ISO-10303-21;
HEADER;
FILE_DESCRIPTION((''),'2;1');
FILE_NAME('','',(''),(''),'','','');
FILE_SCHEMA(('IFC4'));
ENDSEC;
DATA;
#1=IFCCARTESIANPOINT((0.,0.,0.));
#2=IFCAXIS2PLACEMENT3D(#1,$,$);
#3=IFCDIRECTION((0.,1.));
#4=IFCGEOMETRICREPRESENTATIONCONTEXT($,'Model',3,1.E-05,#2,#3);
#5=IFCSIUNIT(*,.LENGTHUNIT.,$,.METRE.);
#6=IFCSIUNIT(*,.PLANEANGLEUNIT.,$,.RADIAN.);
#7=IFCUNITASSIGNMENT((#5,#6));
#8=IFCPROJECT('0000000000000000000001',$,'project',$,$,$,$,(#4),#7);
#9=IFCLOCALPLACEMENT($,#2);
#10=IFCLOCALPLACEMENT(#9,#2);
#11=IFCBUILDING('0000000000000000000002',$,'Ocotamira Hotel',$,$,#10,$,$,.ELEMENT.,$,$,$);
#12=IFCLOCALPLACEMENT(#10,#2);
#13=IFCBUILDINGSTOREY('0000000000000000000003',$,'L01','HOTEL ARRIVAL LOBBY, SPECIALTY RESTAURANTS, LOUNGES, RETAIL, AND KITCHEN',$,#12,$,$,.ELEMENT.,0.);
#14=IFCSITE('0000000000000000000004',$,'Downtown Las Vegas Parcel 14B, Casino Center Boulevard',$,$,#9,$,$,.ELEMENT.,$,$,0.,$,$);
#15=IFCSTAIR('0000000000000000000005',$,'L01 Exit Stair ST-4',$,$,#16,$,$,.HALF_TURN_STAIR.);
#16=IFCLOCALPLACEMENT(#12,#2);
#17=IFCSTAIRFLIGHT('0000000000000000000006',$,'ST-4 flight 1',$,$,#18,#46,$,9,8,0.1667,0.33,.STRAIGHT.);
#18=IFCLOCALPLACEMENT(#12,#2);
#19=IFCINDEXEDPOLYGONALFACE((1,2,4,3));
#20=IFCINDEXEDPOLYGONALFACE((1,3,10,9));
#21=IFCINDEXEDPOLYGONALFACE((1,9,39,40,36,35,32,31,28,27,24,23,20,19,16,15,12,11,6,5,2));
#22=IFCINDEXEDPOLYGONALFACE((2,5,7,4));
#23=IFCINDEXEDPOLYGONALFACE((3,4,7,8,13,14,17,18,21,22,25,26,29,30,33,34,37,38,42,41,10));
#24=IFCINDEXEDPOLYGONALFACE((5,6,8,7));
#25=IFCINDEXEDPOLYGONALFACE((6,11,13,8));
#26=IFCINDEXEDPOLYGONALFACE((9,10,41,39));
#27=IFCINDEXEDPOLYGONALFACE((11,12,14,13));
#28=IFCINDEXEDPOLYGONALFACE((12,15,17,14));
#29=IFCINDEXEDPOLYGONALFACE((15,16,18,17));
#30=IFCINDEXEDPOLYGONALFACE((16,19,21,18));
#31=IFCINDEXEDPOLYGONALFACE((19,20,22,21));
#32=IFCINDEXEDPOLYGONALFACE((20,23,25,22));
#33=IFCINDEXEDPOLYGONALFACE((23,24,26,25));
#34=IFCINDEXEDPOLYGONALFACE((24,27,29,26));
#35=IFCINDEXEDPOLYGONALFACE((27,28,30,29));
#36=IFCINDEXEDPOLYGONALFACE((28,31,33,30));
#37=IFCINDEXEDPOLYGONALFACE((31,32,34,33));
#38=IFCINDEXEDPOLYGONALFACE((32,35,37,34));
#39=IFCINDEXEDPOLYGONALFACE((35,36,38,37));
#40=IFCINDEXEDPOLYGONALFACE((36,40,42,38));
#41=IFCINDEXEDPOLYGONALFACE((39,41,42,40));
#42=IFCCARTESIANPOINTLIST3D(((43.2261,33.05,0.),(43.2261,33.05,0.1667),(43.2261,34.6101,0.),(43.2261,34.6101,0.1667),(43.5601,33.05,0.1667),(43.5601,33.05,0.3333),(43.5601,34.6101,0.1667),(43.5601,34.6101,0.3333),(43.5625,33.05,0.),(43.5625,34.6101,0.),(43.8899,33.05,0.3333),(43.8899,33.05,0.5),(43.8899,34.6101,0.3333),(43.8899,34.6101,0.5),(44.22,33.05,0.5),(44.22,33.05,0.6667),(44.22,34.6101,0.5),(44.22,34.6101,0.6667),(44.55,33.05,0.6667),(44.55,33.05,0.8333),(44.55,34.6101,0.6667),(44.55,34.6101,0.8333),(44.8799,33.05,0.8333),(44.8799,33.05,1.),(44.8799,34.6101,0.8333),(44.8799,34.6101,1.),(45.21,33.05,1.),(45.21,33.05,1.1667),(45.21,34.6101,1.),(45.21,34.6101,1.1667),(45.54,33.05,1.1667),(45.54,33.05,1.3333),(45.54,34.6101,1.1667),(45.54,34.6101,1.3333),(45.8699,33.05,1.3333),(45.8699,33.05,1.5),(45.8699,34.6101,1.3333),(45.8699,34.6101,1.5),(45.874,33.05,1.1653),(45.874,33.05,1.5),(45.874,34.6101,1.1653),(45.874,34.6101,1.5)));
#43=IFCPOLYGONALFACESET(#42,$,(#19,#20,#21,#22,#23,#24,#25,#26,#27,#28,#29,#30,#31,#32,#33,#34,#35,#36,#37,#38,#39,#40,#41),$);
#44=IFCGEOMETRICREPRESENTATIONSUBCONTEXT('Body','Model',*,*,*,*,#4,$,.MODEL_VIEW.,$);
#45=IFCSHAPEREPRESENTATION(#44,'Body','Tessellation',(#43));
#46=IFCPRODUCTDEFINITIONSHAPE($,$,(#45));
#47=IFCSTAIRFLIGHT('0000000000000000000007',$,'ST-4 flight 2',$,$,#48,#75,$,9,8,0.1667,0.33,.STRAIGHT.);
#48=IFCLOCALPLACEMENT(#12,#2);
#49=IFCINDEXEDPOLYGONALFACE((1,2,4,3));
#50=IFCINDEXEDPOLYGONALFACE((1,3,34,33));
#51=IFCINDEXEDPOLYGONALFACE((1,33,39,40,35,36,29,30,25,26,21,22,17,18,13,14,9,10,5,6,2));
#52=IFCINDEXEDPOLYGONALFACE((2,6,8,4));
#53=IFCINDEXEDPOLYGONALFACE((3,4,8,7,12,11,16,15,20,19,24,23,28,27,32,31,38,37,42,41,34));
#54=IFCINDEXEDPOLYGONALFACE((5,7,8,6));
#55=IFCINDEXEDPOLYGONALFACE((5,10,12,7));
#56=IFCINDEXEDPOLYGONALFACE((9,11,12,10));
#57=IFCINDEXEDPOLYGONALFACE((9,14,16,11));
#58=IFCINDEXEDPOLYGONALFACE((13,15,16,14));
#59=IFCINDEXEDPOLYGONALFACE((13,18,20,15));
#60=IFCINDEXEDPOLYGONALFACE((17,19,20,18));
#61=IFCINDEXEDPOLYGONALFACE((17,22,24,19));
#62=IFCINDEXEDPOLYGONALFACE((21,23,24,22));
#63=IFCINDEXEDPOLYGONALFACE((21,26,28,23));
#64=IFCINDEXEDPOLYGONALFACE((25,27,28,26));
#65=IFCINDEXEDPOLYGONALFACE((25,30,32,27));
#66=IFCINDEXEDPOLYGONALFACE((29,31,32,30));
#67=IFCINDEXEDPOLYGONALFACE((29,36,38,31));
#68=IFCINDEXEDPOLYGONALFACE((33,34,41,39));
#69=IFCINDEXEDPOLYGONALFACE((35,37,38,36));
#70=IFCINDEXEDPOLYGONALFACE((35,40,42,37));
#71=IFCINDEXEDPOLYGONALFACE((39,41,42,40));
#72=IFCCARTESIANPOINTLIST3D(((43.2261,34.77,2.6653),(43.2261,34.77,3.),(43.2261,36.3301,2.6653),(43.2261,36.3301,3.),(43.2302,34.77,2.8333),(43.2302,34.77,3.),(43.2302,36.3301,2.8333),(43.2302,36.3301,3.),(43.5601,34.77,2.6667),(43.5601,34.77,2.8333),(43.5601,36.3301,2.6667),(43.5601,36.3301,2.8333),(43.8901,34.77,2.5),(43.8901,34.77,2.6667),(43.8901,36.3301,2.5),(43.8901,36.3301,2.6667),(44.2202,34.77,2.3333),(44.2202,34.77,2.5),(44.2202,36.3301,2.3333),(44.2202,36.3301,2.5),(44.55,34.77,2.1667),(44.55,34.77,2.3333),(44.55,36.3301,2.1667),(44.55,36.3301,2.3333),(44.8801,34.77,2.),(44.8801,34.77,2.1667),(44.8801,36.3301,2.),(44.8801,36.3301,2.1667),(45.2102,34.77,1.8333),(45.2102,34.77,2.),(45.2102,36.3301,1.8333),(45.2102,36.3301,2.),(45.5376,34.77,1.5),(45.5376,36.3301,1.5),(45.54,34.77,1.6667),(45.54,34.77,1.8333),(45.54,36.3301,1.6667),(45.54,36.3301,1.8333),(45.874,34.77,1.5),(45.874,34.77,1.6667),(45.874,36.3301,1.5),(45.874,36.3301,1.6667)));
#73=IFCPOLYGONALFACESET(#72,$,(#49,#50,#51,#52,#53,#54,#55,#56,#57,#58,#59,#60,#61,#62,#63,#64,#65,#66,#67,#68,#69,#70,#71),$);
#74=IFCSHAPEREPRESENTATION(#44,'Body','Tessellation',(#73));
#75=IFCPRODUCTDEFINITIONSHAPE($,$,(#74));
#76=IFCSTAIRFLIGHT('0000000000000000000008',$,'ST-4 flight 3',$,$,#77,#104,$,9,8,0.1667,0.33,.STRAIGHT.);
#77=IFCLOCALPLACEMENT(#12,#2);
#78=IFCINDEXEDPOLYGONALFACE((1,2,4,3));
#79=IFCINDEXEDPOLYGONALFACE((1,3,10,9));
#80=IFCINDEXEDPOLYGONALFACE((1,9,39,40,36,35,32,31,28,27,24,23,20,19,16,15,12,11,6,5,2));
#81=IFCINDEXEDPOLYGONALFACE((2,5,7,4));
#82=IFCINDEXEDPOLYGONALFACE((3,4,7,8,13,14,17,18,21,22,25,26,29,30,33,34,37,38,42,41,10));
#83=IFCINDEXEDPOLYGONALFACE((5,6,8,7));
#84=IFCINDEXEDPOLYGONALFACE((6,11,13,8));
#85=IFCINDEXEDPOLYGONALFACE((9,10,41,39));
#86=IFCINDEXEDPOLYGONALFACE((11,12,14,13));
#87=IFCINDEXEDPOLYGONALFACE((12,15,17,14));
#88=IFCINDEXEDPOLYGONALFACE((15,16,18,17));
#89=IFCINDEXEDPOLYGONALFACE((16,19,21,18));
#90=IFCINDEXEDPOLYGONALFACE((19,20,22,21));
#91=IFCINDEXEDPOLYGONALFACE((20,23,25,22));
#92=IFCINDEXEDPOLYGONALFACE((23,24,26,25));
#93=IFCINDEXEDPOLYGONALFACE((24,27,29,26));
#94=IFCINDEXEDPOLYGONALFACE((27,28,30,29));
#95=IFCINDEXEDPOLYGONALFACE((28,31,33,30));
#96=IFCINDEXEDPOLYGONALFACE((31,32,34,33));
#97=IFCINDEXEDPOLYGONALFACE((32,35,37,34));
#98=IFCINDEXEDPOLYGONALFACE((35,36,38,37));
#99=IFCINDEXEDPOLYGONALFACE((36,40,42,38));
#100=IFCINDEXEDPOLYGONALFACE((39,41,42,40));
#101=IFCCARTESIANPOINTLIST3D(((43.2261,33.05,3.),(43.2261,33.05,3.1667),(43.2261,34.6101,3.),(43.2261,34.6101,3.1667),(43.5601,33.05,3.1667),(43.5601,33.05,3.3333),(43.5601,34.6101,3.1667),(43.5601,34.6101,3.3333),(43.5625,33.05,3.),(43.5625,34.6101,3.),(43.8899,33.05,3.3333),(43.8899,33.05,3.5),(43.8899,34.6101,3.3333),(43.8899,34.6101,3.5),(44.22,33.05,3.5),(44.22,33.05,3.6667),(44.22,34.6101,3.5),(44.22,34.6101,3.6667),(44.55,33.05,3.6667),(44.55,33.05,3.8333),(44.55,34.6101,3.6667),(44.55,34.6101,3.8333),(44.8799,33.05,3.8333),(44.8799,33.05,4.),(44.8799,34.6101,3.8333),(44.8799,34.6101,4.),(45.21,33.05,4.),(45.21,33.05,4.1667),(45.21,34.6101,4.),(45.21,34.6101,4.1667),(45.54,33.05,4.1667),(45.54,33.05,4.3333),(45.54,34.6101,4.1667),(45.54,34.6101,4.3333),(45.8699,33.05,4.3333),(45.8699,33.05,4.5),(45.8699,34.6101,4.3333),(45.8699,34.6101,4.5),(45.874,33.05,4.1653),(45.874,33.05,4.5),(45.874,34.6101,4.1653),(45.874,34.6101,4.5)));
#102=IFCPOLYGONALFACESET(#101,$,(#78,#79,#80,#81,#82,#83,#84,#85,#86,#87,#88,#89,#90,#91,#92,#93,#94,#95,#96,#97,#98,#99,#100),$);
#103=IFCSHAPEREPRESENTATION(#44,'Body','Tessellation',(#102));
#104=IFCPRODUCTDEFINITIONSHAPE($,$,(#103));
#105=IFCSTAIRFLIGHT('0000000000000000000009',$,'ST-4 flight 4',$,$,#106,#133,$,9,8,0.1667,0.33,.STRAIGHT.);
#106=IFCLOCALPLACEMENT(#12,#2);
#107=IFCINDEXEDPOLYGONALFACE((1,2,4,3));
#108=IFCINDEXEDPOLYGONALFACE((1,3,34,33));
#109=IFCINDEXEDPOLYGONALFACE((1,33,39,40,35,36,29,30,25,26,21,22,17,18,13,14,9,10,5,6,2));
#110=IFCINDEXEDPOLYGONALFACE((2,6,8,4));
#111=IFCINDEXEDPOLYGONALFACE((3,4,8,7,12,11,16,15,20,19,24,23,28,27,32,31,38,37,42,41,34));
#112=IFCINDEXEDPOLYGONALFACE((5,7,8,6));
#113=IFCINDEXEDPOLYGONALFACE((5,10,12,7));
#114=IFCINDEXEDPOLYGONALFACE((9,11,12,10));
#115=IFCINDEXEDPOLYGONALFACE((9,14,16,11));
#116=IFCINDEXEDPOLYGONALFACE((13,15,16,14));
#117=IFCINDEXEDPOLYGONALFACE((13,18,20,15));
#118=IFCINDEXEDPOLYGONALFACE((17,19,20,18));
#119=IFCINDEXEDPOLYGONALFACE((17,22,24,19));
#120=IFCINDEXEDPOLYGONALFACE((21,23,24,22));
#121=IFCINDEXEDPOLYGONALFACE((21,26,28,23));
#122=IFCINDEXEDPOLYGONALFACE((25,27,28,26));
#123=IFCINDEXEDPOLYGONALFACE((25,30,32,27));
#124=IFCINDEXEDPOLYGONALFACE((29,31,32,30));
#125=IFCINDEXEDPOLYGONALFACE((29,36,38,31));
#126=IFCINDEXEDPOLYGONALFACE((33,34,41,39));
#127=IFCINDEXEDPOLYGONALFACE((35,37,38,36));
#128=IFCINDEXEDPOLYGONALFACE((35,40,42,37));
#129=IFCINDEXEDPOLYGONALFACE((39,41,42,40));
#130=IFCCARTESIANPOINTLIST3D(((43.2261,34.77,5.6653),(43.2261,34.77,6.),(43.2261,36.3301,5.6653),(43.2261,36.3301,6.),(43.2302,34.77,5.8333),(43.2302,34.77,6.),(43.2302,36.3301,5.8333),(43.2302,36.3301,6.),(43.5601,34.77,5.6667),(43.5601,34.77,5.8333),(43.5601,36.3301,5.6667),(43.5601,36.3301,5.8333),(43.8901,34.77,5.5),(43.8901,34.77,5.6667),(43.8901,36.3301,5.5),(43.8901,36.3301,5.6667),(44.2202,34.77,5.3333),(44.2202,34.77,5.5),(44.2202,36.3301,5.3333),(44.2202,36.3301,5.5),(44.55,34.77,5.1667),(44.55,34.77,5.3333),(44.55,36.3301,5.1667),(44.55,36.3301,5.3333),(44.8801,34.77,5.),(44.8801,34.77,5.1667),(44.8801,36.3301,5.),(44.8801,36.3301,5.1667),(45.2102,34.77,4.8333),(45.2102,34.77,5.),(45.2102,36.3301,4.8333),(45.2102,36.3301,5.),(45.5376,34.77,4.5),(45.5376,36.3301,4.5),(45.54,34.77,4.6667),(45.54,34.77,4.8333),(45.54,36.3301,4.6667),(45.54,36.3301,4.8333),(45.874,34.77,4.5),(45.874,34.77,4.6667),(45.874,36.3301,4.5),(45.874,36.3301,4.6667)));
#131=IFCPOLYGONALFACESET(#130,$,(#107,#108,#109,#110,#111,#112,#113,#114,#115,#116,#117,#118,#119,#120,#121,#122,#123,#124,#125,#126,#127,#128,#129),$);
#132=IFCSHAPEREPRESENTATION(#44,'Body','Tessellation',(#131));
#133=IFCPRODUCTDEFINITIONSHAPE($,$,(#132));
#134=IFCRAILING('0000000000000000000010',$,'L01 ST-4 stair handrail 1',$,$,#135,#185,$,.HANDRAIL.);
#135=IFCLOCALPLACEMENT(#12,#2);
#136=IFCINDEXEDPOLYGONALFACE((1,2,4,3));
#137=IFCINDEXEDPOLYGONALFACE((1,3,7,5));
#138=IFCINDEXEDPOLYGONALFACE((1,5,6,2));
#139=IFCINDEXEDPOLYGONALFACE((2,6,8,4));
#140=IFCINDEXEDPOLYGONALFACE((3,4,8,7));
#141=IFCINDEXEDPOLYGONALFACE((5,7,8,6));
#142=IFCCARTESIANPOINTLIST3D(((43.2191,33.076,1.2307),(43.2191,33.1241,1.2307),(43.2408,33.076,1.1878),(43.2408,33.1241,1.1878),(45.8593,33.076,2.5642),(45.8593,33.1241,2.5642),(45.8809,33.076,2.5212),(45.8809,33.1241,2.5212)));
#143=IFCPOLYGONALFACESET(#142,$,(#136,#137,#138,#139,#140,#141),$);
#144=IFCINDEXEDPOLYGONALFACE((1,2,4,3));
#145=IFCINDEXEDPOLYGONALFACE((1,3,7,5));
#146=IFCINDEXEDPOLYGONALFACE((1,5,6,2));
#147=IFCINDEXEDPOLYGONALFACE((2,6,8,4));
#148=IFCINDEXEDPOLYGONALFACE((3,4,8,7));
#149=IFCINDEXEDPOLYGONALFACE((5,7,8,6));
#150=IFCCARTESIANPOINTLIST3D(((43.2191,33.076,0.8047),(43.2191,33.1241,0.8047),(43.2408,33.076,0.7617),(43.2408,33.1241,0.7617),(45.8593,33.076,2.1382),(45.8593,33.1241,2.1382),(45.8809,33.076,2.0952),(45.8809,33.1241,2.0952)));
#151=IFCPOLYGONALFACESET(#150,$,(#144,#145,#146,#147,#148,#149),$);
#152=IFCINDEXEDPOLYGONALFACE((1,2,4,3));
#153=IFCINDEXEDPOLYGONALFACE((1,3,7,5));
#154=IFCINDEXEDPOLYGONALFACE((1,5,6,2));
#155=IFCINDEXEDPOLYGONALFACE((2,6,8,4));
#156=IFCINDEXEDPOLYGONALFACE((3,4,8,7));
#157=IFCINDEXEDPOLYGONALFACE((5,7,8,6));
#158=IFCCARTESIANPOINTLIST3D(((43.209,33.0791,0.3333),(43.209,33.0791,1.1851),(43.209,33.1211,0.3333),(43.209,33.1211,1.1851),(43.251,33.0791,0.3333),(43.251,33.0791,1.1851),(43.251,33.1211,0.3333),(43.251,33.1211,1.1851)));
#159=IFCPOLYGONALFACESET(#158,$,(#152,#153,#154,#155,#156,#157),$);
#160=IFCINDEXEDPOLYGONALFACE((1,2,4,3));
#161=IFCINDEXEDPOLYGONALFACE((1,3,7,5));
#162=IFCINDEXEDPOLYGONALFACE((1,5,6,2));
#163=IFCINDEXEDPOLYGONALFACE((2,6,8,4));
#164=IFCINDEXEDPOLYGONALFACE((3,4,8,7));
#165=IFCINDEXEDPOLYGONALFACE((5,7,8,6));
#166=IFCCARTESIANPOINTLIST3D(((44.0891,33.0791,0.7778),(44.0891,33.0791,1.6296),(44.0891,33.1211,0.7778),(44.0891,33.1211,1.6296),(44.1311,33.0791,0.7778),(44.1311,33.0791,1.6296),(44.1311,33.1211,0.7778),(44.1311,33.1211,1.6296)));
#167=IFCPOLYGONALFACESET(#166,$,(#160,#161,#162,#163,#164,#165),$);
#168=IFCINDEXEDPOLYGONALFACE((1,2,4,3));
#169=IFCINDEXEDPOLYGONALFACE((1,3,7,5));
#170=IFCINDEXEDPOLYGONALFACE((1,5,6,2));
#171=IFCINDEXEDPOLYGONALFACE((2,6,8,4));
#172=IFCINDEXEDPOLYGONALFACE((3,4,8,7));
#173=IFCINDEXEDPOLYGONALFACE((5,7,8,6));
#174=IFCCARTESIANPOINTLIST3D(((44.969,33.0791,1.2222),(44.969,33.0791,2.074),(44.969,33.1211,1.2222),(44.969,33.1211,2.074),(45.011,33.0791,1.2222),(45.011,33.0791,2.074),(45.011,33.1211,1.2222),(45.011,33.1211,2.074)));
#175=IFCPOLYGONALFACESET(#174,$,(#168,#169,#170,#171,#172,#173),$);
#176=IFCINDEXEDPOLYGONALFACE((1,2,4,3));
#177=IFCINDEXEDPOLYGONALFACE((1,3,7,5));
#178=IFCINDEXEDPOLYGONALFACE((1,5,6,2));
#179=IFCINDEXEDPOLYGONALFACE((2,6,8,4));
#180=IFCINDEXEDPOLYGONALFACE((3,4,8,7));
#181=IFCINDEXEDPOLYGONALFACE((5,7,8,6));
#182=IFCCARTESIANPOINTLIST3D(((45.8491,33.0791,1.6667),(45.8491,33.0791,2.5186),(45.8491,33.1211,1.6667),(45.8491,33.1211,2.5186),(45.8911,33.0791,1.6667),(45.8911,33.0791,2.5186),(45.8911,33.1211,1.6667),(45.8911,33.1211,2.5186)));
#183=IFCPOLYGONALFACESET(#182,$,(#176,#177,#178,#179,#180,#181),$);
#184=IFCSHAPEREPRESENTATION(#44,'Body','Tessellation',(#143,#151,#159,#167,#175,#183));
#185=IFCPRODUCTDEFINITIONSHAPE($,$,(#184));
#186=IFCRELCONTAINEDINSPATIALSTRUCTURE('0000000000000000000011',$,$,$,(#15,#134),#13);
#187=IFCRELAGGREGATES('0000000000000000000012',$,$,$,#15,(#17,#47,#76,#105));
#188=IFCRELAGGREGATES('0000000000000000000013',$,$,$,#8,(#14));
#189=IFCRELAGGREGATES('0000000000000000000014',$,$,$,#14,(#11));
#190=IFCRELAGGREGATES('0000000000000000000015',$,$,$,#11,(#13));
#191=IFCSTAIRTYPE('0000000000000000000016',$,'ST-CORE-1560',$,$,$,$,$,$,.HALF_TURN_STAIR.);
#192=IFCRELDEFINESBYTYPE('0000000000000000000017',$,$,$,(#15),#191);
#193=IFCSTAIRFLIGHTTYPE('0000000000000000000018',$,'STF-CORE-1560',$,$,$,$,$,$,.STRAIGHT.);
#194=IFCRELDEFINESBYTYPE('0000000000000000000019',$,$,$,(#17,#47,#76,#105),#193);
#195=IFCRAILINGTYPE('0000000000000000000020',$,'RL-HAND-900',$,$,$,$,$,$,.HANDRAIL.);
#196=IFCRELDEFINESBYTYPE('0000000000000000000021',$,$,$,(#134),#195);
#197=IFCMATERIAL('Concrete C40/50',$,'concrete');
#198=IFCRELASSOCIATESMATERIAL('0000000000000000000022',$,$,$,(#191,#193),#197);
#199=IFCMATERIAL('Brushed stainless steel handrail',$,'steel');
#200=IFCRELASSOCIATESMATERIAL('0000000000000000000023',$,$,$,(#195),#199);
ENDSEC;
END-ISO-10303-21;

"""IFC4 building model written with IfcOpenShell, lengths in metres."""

from ifc_helpers import new_model, si_unit, direction, frame, origin, origin_2d, place, context, subcontext, project, spatial, polyline, rectangle, outline, extrude, source, transform, mapped, material, type_object, element, aggregate, save


model = new_model("IFC4")

# Units and contexts
model_context = context("Model", 3, precision=1e-05, world=origin(), true_north=direction((0.0, 1.0)))
body_context = subcontext(model_context, "Body", "Model", "MODEL_VIEW")
ifc_project = project(units=[si_unit("LENGTHUNIT", "METRE"), si_unit("PLANEANGLEUNIT", "RADIAN")], contexts=[model_context])

# Site, building, storey
site_placement = place(None, origin())
site = spatial("IfcSite", under=ifc_project, at=site_placement, Name="Downtown Las Vegas Parcel 14B, Casino Center Boulevard", CompositionType="ELEMENT", RefElevation=0.0)
building_placement = place(site_placement, origin())
building = spatial("IfcBuilding", under=site, at=building_placement, Name="Ocotamira Hotel", CompositionType="ELEMENT")
storey_placement = place(building_placement, origin())
storey = spatial("IfcBuildingStorey", under=building, at=storey_placement, Name="L01", Description="HOTEL ARRIVAL LOBBY, SPECIALTY RESTAURANTS, LOUNGES, RETAIL, AND KITCHEN", CompositionType="ELEMENT", Elevation=0.0)

# Stair, stair flights
ifc_material_1 = material(Name="Concrete C40/50", Category="concrete")
stair_type = type_object("IfcStairType", Name="ST-CORE-1560", PredefinedType="HALF_TURN_STAIR", material=ifc_material_1)
stair_placement = place(storey_placement, origin())
stair = element("IfcStair", 1, at=stair_placement, inside=storey, type_object=stair_type, Name="L01 Exit Stair ST-4", PredefinedType="HALF_TURN_STAIR")
stair_flight_type = type_object("IfcStairFlightType", Name="STF-CORE-1560", PredefinedType="STRAIGHT", material=ifc_material_1)
shared_shape_1 = source(origin(), body_context, "Body", "SweptSolid", [
    extrude(outline(polyline([(-0.0039, 0.0), (-0.0039, 0.1667), (0.3301, 0.1667), (0.3301, 0.3333), (0.6599, 0.3333), (0.6599, 0.5), (0.99, 0.5), (0.99, 0.6667), (1.3201, 0.6667), (1.3201, 0.8333), (1.6499, 0.8333), (1.6499, 1.0), (1.98, 1.0), (1.98, 1.1667), (2.3101, 1.1667), (2.3101, 1.3333), (2.6399, 1.3333), (2.6399, 1.5), (2.644, 1.5), (2.644, 1.1653), (0.3325, 0.0), (-0.0039, 0.0)])), frame((0.0, 0.78, 0.0), z_axis=(0.0, -1.0, 0.0), x_axis=(1.0, 0.0, 0.0)), (0.0, 0.0, 1.0), 1.5601),
])
stair_flight_1_placement = place(storey_placement, frame((43.23, 33.8301, 0.0), z_axis=(0.0, 0.0, 1.0), x_axis=(1.0, 0.0, 0.0)))
stair_flight_1 = element("IfcStairFlight", 2, at=stair_flight_1_placement, type_object=stair_flight_type, Name="ST-4 flight 1", NumberOfRisers=9, NumberOfTreads=8, PredefinedType="STRAIGHT", RiserHeight=0.1667, TreadLength=0.33, context=body_context, shape_type="MappedRepresentation", body=[
    mapped(shared_shape_1, transform((0.0, 0.0, 0.0), scale=1.0)),
])
stair_flight_2_placement = place(storey_placement, frame((45.8701, 35.55, 1.5), z_axis=(0.0, 0.0, 1.0), x_axis=(-1.0, 0.0, 0.0)))
stair_flight_2 = element("IfcStairFlight", 3, at=stair_flight_2_placement, type_object=stair_flight_type, Name="ST-4 flight 2", NumberOfRisers=9, NumberOfTreads=8, PredefinedType="STRAIGHT", RiserHeight=0.1667, TreadLength=0.33, context=body_context, shape_type="MappedRepresentation", body=[
    mapped(shared_shape_1, transform((0.0, 0.0, 0.0), scale=1.0)),
])
stair_flight_3_placement = place(storey_placement, frame((43.23, 33.8301, 3.0), z_axis=(0.0, 0.0, 1.0), x_axis=(1.0, 0.0, 0.0)))
stair_flight_3 = element("IfcStairFlight", 4, at=stair_flight_3_placement, type_object=stair_flight_type, Name="ST-4 flight 3", NumberOfRisers=9, NumberOfTreads=8, PredefinedType="STRAIGHT", RiserHeight=0.1667, TreadLength=0.33, context=body_context, shape_type="MappedRepresentation", body=[
    mapped(shared_shape_1, transform((0.0, 0.0, 0.0), scale=1.0)),
])
stair_flight_4_placement = place(storey_placement, frame((45.8701, 35.55, 4.5), z_axis=(0.0, 0.0, 1.0), x_axis=(-1.0, 0.0, 0.0)))
stair_flight_4 = element("IfcStairFlight", 5, at=stair_flight_4_placement, type_object=stair_flight_type, Name="ST-4 flight 4", NumberOfRisers=9, NumberOfTreads=8, PredefinedType="STRAIGHT", RiserHeight=0.1667, TreadLength=0.33, context=body_context, shape_type="MappedRepresentation", body=[
    mapped(shared_shape_1, transform((0.0, 0.0, 0.0), scale=1.0)),
])
aggregate(stair, [stair_flight_1, stair_flight_2, stair_flight_3, stair_flight_4])

# Railing
ifc_material_2 = material(Name="Brushed stainless steel handrail", Category="steel")
railing_type_1 = type_object("IfcRailingType", Name="RL-HAND-900", PredefinedType="HANDRAIL", material=ifc_material_2)
railing_1_placement = place(storey_placement, frame((43.23, 33.1001, 0.3333)))
element("IfcRailing", 6, at=railing_1_placement, inside=storey, type_object=railing_type_1, Name="L01 ST-4 stair handrail 1", PredefinedType="HANDRAIL", context=body_context, shape_type="SweptSolid", body=[
    extrude(rectangle(XDim=0.0481, YDim=0.0481, at=origin_2d()), frame((0.0, 0.0, 0.876), z_axis=(0.892604, 0.0, 0.450842), x_axis=(0.0, 1.0, 0.0)), (0.0, 0.0, 1.0), 2.9578),
    extrude(rectangle(XDim=0.0481, YDim=0.0481, at=origin_2d()), frame((0.0, 0.0, 0.45), z_axis=(0.892604, 0.0, 0.450842), x_axis=(0.0, 1.0, 0.0)), (0.0, 0.0, 1.0), 2.9578),
    extrude(rectangle(XDim=0.042, YDim=0.042, at=origin_2d()), origin(), (0.0, 0.0, 1.0), 0.8518),
    extrude(rectangle(XDim=0.042, YDim=0.042, at=origin_2d()), frame((0.8801, 0.0, 0.4446)), (0.0, 0.0, 1.0), 0.8518),
    extrude(rectangle(XDim=0.042, YDim=0.042, at=origin_2d()), frame((1.76, 0.0, 0.8889)), (0.0, 0.0, 1.0), 0.8518),
    extrude(rectangle(XDim=0.042, YDim=0.042, at=origin_2d()), frame((2.6401, 0.0, 1.3335)), (0.0, 0.0, 1.0), 0.8518),
])

save(model, "model.ifc")
